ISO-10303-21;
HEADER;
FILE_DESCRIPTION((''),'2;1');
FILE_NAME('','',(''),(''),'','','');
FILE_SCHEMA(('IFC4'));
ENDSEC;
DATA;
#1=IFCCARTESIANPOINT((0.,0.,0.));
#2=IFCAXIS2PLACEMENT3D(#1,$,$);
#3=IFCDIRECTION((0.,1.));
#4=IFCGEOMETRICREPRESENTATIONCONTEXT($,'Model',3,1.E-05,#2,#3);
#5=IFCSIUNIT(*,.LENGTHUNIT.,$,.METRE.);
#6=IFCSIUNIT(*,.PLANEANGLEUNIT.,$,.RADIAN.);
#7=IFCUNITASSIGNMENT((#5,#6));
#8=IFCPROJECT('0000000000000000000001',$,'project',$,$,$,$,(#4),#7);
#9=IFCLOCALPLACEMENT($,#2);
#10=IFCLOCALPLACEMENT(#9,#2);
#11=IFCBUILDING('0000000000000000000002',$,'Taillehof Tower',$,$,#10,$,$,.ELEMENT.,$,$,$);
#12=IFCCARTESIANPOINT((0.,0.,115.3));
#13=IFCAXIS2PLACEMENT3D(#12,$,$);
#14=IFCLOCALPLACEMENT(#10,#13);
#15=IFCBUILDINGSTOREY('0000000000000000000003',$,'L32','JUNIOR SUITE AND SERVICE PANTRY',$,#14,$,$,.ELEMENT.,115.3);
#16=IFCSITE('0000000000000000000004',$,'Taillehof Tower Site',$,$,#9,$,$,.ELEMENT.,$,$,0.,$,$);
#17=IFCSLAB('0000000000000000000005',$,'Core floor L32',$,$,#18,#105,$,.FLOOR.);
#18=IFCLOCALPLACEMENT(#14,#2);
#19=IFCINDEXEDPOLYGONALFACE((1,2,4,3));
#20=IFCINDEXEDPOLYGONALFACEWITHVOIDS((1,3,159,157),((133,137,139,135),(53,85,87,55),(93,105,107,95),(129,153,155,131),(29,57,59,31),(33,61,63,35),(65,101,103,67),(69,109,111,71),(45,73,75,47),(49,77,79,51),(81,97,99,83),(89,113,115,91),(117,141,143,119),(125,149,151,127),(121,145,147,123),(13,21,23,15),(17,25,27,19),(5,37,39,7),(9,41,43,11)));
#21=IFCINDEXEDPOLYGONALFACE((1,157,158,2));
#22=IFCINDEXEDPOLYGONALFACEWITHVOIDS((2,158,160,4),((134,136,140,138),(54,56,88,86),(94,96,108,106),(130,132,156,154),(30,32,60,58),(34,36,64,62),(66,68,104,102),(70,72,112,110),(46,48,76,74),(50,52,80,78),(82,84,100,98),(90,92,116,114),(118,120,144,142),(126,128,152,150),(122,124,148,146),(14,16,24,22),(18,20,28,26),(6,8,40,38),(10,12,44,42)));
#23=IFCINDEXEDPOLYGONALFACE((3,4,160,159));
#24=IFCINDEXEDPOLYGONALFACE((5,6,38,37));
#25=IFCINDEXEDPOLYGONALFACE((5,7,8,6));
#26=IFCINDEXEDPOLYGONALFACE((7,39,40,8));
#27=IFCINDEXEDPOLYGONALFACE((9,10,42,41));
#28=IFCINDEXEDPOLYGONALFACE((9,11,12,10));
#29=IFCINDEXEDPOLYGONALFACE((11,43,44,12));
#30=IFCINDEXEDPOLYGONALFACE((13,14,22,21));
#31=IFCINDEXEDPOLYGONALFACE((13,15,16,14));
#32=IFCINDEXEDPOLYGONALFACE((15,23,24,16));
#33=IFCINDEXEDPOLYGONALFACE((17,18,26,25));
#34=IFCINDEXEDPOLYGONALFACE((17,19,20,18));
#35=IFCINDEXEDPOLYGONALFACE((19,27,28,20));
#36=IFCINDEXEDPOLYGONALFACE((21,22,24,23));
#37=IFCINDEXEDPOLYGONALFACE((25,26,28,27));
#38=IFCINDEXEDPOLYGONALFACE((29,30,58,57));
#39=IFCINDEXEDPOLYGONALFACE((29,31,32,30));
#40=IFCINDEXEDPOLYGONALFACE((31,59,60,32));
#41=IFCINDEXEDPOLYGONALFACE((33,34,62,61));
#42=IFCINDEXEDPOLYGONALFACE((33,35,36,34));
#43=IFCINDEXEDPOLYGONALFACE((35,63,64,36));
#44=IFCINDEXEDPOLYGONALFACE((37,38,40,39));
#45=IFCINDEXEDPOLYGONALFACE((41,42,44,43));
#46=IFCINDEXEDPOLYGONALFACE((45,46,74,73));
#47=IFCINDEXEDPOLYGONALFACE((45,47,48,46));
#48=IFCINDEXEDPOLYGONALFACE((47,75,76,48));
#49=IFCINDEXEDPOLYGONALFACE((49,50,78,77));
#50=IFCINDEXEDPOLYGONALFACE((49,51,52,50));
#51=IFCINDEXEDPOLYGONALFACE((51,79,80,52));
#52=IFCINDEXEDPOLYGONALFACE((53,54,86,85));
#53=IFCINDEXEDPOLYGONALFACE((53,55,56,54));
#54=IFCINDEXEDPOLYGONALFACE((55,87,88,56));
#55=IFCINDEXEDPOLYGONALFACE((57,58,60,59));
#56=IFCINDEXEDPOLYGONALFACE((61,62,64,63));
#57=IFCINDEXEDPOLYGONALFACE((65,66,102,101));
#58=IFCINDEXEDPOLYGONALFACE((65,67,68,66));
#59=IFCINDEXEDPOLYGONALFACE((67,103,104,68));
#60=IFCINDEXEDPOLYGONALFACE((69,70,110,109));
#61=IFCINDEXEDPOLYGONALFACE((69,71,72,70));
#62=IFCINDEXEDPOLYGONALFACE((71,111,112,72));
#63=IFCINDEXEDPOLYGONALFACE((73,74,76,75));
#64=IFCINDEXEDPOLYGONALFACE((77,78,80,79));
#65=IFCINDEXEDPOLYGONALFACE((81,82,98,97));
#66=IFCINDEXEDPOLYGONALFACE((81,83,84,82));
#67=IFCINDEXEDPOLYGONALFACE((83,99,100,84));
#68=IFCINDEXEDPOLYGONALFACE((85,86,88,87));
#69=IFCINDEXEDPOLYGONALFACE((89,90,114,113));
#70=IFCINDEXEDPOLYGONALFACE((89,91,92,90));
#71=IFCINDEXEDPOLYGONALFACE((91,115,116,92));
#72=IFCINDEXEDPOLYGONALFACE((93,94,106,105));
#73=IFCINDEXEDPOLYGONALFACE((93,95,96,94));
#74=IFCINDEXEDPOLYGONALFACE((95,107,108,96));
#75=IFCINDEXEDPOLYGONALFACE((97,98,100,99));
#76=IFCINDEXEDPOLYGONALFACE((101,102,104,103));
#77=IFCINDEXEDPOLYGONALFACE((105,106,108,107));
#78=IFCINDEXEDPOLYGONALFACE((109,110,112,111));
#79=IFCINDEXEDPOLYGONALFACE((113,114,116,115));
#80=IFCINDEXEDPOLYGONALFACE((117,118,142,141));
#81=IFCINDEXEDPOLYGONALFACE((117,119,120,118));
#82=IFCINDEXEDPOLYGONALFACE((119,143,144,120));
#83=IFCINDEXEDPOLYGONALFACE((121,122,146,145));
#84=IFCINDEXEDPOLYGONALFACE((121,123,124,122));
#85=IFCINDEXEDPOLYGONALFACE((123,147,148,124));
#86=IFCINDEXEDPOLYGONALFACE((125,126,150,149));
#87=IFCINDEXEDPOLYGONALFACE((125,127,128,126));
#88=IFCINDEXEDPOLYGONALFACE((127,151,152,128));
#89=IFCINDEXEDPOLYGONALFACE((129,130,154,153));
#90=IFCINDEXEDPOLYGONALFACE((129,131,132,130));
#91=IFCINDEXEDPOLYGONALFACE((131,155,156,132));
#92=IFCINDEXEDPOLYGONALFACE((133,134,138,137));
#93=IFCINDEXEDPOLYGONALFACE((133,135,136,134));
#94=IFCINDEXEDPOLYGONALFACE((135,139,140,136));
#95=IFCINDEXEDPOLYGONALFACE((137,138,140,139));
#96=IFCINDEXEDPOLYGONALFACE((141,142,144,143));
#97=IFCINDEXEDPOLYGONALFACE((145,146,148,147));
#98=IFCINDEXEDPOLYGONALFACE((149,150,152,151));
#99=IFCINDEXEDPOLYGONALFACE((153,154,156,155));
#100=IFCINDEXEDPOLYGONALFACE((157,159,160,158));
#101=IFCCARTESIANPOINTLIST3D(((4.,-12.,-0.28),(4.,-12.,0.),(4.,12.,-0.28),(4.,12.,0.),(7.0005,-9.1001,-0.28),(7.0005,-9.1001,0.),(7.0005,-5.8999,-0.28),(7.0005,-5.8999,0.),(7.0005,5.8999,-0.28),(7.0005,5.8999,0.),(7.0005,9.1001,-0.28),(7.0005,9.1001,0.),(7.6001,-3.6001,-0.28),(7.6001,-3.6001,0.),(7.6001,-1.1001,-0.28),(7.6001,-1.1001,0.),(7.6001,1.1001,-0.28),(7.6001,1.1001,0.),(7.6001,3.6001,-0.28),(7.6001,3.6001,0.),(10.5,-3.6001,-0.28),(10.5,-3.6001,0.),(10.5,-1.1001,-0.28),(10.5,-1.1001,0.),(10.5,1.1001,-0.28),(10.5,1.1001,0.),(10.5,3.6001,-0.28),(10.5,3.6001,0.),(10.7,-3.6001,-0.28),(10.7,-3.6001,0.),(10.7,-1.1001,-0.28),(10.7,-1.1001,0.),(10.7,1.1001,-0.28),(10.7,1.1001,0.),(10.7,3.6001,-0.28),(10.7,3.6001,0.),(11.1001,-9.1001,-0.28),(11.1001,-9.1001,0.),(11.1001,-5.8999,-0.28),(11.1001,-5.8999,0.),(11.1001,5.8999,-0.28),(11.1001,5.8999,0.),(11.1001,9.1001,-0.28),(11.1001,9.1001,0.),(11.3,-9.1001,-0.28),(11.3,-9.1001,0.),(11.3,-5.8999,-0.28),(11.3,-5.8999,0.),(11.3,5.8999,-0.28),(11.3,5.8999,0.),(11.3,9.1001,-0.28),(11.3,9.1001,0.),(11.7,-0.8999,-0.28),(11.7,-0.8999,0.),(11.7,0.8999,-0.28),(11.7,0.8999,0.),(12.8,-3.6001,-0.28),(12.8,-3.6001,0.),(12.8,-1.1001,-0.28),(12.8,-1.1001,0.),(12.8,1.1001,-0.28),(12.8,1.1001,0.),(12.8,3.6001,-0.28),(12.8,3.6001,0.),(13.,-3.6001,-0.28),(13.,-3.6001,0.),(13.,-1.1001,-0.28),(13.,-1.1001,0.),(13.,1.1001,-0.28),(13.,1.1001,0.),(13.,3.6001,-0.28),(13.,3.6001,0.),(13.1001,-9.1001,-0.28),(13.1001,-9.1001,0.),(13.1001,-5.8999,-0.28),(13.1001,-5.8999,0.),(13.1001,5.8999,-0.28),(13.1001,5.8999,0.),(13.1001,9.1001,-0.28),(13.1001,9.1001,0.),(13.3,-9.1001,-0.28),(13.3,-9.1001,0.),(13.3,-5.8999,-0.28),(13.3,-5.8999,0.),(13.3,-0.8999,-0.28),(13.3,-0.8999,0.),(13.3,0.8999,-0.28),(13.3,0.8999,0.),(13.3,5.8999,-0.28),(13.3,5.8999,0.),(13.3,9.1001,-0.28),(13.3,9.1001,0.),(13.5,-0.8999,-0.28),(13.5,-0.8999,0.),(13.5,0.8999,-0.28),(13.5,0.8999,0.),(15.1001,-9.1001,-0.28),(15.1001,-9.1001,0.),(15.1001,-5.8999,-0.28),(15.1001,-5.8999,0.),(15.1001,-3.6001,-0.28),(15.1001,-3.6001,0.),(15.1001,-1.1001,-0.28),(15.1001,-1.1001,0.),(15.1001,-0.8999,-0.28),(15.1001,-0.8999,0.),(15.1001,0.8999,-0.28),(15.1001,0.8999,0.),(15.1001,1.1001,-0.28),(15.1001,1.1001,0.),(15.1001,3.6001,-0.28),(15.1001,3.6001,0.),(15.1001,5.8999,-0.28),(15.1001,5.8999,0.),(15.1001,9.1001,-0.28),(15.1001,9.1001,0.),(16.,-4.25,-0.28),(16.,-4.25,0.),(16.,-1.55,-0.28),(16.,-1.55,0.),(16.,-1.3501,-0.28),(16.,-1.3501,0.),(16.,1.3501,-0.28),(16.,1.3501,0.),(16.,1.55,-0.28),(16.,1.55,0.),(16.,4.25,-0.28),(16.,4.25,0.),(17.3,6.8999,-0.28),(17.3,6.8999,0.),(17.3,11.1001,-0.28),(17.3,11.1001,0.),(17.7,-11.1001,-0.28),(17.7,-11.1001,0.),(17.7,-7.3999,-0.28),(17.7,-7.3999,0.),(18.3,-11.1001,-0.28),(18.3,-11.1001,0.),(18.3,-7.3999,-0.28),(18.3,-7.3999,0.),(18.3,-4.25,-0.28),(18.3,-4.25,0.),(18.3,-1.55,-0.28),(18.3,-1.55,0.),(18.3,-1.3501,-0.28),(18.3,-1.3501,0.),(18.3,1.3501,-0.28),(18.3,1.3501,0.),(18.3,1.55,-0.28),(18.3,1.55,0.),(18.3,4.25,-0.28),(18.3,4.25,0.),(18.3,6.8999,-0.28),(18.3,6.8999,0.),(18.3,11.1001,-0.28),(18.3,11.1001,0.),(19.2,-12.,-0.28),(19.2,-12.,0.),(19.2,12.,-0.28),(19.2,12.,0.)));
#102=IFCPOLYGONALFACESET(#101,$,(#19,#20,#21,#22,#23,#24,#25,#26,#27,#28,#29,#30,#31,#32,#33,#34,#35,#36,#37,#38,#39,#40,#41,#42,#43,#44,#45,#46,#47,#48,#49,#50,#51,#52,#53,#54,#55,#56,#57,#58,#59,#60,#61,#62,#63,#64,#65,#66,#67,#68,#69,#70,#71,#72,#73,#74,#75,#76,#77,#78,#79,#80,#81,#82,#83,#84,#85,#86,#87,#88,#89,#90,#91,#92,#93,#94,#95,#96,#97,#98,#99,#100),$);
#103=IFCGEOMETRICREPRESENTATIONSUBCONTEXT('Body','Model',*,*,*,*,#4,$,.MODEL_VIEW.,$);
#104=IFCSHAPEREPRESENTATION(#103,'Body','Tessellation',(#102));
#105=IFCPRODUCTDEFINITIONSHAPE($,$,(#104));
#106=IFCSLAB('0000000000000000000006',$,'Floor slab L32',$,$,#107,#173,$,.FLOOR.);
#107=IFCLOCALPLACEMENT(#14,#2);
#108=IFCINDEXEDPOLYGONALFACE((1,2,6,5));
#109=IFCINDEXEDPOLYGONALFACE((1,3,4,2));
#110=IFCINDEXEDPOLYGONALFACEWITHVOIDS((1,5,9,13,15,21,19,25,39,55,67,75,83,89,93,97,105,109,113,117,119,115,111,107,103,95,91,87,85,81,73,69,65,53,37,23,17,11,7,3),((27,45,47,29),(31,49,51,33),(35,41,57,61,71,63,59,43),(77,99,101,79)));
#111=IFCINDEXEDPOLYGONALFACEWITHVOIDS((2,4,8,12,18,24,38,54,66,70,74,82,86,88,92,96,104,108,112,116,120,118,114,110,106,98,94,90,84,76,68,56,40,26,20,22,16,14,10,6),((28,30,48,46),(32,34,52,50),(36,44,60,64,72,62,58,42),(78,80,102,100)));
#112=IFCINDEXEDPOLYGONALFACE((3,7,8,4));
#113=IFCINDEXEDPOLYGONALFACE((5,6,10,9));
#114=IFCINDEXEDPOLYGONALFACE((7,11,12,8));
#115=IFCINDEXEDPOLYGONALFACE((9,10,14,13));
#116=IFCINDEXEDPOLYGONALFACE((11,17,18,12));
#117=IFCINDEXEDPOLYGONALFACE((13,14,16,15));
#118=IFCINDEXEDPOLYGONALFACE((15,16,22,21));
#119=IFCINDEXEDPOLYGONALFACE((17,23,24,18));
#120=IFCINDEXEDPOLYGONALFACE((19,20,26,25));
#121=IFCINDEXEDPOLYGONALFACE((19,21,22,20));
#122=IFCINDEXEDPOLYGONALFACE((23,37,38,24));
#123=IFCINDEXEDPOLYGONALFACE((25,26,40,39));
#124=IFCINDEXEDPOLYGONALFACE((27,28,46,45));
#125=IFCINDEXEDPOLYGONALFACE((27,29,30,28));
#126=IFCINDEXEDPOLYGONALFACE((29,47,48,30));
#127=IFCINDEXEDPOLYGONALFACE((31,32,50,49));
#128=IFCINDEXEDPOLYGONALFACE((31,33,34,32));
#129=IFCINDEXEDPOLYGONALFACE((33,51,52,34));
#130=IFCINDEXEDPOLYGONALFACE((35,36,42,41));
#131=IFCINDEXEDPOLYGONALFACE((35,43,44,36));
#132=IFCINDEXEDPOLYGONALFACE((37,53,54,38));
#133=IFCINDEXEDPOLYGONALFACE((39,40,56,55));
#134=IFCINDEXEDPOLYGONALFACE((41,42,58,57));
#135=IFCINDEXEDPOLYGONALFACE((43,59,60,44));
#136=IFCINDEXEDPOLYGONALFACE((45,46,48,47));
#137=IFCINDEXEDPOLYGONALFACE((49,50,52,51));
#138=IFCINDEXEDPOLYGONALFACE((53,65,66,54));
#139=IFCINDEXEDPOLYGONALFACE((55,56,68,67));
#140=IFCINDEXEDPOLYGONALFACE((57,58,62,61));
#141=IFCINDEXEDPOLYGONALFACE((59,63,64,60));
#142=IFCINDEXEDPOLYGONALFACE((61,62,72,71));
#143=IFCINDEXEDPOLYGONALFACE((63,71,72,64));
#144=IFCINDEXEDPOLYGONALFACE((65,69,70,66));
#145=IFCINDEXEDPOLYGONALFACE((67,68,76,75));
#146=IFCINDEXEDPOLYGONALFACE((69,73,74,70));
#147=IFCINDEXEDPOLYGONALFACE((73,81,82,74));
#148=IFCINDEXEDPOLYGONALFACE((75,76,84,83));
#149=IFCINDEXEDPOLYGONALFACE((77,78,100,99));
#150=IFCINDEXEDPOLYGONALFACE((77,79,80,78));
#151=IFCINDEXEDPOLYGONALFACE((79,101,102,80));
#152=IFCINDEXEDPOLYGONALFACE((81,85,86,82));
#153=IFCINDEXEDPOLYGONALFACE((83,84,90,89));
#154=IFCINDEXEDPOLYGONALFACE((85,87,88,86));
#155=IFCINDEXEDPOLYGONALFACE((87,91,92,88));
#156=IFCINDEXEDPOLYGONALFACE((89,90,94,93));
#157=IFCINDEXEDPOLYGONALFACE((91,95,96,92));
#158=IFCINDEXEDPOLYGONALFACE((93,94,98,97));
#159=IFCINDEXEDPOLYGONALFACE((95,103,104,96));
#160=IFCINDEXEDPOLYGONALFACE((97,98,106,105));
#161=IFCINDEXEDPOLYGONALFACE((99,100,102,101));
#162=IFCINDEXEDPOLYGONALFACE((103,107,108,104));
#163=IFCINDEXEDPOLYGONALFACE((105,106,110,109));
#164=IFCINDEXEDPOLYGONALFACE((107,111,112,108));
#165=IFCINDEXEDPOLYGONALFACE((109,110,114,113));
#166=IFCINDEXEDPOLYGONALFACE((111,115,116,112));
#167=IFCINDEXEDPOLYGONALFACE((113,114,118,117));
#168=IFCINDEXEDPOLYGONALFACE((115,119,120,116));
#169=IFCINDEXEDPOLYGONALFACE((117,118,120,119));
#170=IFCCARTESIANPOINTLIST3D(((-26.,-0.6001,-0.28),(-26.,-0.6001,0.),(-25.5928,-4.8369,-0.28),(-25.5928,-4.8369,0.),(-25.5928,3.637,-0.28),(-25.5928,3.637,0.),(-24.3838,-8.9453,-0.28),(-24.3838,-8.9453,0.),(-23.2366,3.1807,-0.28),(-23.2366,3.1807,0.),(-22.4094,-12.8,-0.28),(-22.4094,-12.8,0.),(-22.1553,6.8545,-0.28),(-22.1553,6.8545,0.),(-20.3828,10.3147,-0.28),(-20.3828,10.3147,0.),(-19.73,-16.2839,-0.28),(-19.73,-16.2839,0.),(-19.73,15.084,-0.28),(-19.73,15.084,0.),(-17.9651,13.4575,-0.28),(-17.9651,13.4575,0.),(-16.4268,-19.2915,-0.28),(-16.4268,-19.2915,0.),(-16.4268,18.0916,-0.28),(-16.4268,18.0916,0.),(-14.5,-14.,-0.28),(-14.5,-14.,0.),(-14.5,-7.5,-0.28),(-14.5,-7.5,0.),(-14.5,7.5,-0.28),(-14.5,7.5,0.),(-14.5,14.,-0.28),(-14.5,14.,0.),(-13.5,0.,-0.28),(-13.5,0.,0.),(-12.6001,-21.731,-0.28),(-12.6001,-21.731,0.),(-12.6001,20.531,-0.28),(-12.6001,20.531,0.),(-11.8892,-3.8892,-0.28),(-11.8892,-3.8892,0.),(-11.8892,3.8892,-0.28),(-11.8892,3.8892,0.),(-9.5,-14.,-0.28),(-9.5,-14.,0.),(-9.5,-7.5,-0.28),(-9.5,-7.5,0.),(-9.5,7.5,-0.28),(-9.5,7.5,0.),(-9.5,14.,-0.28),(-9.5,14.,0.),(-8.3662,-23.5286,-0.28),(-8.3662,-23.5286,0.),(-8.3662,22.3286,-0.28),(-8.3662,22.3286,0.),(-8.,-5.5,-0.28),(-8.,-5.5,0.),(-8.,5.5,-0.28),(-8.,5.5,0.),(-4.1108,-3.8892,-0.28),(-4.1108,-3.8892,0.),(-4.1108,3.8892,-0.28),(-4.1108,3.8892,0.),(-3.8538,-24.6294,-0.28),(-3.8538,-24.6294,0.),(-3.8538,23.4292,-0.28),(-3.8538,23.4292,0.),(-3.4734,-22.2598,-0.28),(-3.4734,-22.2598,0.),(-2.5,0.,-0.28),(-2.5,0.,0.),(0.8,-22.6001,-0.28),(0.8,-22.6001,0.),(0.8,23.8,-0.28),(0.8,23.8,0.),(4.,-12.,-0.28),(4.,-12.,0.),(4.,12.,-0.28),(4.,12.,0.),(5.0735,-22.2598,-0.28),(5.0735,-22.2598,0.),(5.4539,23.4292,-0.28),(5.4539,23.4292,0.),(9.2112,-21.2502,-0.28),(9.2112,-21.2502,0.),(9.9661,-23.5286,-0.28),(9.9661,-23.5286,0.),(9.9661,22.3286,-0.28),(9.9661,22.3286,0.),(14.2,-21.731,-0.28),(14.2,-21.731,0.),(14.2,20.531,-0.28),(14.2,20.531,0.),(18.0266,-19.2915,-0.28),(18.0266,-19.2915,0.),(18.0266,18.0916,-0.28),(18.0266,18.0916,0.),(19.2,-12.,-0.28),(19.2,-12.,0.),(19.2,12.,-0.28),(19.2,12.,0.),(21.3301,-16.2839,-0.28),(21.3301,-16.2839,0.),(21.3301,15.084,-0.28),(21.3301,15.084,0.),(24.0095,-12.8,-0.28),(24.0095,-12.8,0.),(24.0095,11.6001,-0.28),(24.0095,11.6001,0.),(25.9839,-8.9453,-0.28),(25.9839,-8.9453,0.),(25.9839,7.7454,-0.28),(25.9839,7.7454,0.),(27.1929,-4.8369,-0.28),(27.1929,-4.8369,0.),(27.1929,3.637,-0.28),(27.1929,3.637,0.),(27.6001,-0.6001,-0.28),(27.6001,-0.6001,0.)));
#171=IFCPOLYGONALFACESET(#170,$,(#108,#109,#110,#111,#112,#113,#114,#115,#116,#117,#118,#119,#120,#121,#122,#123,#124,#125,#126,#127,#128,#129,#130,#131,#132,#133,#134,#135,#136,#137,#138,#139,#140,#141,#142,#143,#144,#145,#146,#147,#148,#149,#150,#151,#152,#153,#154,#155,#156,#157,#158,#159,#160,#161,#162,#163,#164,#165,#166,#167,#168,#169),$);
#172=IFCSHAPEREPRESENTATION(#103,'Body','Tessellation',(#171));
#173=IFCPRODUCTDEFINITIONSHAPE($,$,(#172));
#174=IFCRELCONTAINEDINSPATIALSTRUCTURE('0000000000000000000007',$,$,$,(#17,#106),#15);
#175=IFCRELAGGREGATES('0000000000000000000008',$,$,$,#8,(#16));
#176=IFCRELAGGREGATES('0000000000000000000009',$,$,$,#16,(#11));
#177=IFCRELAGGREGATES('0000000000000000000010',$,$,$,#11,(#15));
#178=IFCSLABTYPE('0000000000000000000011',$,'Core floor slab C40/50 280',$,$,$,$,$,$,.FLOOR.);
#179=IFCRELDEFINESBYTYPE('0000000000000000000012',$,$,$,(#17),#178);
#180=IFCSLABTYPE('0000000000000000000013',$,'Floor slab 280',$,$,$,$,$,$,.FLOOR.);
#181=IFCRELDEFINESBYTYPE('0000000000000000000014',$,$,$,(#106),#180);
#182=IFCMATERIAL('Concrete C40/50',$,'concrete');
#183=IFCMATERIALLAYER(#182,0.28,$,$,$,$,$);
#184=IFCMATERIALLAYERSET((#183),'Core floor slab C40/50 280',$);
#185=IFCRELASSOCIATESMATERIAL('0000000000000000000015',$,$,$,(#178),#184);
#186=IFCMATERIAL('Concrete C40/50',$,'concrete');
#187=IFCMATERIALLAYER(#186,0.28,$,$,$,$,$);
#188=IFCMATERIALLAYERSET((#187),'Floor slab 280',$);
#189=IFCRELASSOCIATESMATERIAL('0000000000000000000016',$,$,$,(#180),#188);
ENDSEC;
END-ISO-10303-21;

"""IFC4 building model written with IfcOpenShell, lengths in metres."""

from ifc_helpers import new_model, si_unit, direction, frame, origin, place, context, subcontext, project, spatial, polyline, outline, extrude, material, layer, layer_set, type_object, element, save


model = new_model("IFC4")

# Units and contexts
model_context = context("Model", 3, precision=1e-05, world=origin(), true_north=direction((0.0, 1.0)))
body_context = subcontext(model_context, "Body", "Model", "MODEL_VIEW")
ifc_project = project(units=[si_unit("LENGTHUNIT", "METRE"), si_unit("PLANEANGLEUNIT", "RADIAN")], contexts=[model_context])

# Site, building, storey
site_placement = place(None, origin())
site = spatial("IfcSite", under=ifc_project, at=site_placement, Name="Taillehof Tower Site", CompositionType="ELEMENT", RefElevation=0.0)
building_placement = place(site_placement, origin())
building = spatial("IfcBuilding", under=site, at=building_placement, Name="Taillehof Tower", CompositionType="ELEMENT")
storey_placement = place(building_placement, frame((0.0, 0.0, 115.3)))
storey = spatial("IfcBuildingStorey", under=building, at=storey_placement, Name="L32", Description="JUNIOR SUITE AND SERVICE PANTRY", CompositionType="ELEMENT", Elevation=115.3)

# Slabs
ifc_material_1 = material(Name="Concrete C40/50", Category="concrete")
ifc_layer_1 = layer(ifc_material_1, 0.28)
ifc_layer_set_1 = layer_set([ifc_layer_1], Name="Core floor slab C40/50 280")
slab_type_1 = type_object("IfcSlabType", Name="Core floor slab C40/50 280", PredefinedType="FLOOR", material=ifc_layer_set_1)
slab_1_placement = place(storey_placement, frame((0.0, 0.0, -0.28)))
element("IfcSlab", 1, at=slab_1_placement, inside=storey, type_object=slab_type_1, Name="Core floor L32", PredefinedType="FLOOR", context=body_context, shape_type="SweptSolid", body=[
    extrude(outline(polyline([(4.0, -12.0), (4.0, 12.0), (19.2, 12.0), (19.2, -12.0), (4.0, -12.0)]), holes=[polyline([(7.0005, -9.1001), (11.1001, -9.1001), (11.1001, -5.8999), (7.0005, -5.8999), (7.0005, -9.1001)]), polyline([(13.1001, -9.1001), (13.1001, -5.8999), (11.3, -5.8999), (11.3, -9.1001), (13.1001, -9.1001)]), polyline([(10.5, -3.6001), (10.5, -1.1001), (7.6001, -1.1001), (7.6001, -3.6001), (10.5, -3.6001)]), polyline([(12.8, -3.6001), (12.8, -1.1001), (10.7, -1.1001), (10.7, -3.6001), (12.8, -3.6001)]), polyline([(13.3, -0.8999), (13.3, 0.8999), (11.7, 0.8999), (11.7, -0.8999), (13.3, -0.8999)]), polyline([(10.5, 1.1001), (10.5, 3.6001), (7.6001, 3.6001), (7.6001, 1.1001), (10.5, 1.1001)]), polyline([(12.8, 1.1001), (12.8, 3.6001), (10.7, 3.6001), (10.7, 1.1001), (12.8, 1.1001)]), polyline([(13.0, 1.1001), (15.1001, 1.1001), (15.1001, 3.6001), (13.0, 3.6001), (13.0, 1.1001)]), polyline([(11.3, 5.8999), (13.1001, 5.8999), (13.1001, 9.1001), (11.3, 9.1001), (11.3, 5.8999)]), polyline([(11.1001, 5.8999), (11.1001, 9.1001), (7.0005, 9.1001), (7.0005, 5.8999), (11.1001, 5.8999)]), polyline([(18.3, -11.1001), (18.3, -7.3999), (17.7, -7.3999), (17.7, -11.1001), (18.3, -11.1001)]), polyline([(15.1001, -9.1001), (15.1001, -5.8999), (13.3, -5.8999), (13.3, -9.1001), (15.1001, -9.1001)]), polyline([(16.0, -4.25), (18.3, -4.25), (18.3, -1.55), (16.0, -1.55), (16.0, -4.25)]), polyline([(13.0, -3.6001), (15.1001, -3.6001), (15.1001, -1.1001), (13.0, -1.1001), (13.0, -3.6001)]), polyline([(15.1001, -0.8999), (15.1001, 0.8999), (13.5, 0.8999), (13.5, -0.8999), (15.1001, -0.8999)]), polyline([(18.3, -1.3501), (18.3, 1.3501), (16.0, 1.3501), (16.0, -1.3501), (18.3, -1.3501)]), polyline([(18.3, 1.55), (18.3, 4.25), (16.0, 4.25), (16.0, 1.55), (18.3, 1.55)]), polyline([(13.3, 5.8999), (15.1001, 5.8999), (15.1001, 9.1001), (13.3, 9.1001), (13.3, 5.8999)]), polyline([(17.3, 6.8999), (18.3, 6.8999), (18.3, 11.1001), (17.3, 11.1001), (17.3, 6.8999)])]), origin(), (0.0, 0.0, 1.0), 0.28),
])
ifc_material_2 = material(Name="Concrete C40/50", Category="concrete")
ifc_layer_2 = layer(ifc_material_2, 0.28)
ifc_layer_set_2 = layer_set([ifc_layer_2], Name="Floor slab 280")
slab_type_2 = type_object("IfcSlabType", Name="Floor slab 280", PredefinedType="FLOOR", material=ifc_layer_set_2)
slab_2_placement = place(storey_placement, frame((0.0, 0.0, -0.28)))
element("IfcSlab", 2, at=slab_2_placement, inside=storey, type_object=slab_type_2, Name="Floor slab L32", PredefinedType="FLOOR", context=body_context, shape_type="SweptSolid", body=[
    extrude(outline(polyline([(27.6001, -0.6001), (27.1929, 3.637), (25.9839, 7.7454), (24.0095, 11.6001), (21.3301, 15.084), (18.0266, 18.0916), (14.2, 20.531), (9.9661, 22.3286), (5.4539, 23.4292), (0.8, 23.8), (-3.8538, 23.4292), (-8.3662, 22.3286), (-12.6001, 20.531), (-16.4268, 18.0916), (-19.73, 15.084), (-17.9651, 13.4575), (-20.3828, 10.3147), (-22.1553, 6.8545), (-23.2366, 3.1807), (-25.5928, 3.637), (-26.0, -0.6001), (-25.5928, -4.8369), (-24.3838, -8.9453), (-22.4094, -12.8), (-19.73, -16.2839), (-16.4268, -19.2915), (-12.6001, -21.731), (-8.3662, -23.5286), (-3.8538, -24.6294), (-3.4734, -22.2598), (0.8, -22.6001), (5.0735, -22.2598), (9.2112, -21.2502), (9.9661, -23.5286), (14.2, -21.731), (18.0266, -19.2915), (21.3301, -16.2839), (24.0095, -12.8), (25.9839, -8.9453), (27.1929, -4.8369), (27.6001, -0.6001)]), holes=[polyline([(-14.5, -7.5), (-9.5, -7.5), (-9.5, -14.0), (-14.5, -14.0), (-14.5, -7.5)]), polyline([(-8.0, -5.5), (-11.8892, -3.8892), (-13.5, 0.0), (-11.8892, 3.8892), (-8.0, 5.5), (-4.1108, 3.8892), (-2.5, 0.0), (-4.1108, -3.8892), (-8.0, -5.5)]), polyline([(19.2, 12.0), (19.2, -12.0), (4.0, -12.0), (4.0, 12.0), (19.2, 12.0)]), polyline([(-14.5, 14.0), (-9.5, 14.0), (-9.5, 7.5), (-14.5, 7.5), (-14.5, 14.0)])]), origin(), (0.0, 0.0, 1.0), 0.28),
])

save(model, "model.ifc")
